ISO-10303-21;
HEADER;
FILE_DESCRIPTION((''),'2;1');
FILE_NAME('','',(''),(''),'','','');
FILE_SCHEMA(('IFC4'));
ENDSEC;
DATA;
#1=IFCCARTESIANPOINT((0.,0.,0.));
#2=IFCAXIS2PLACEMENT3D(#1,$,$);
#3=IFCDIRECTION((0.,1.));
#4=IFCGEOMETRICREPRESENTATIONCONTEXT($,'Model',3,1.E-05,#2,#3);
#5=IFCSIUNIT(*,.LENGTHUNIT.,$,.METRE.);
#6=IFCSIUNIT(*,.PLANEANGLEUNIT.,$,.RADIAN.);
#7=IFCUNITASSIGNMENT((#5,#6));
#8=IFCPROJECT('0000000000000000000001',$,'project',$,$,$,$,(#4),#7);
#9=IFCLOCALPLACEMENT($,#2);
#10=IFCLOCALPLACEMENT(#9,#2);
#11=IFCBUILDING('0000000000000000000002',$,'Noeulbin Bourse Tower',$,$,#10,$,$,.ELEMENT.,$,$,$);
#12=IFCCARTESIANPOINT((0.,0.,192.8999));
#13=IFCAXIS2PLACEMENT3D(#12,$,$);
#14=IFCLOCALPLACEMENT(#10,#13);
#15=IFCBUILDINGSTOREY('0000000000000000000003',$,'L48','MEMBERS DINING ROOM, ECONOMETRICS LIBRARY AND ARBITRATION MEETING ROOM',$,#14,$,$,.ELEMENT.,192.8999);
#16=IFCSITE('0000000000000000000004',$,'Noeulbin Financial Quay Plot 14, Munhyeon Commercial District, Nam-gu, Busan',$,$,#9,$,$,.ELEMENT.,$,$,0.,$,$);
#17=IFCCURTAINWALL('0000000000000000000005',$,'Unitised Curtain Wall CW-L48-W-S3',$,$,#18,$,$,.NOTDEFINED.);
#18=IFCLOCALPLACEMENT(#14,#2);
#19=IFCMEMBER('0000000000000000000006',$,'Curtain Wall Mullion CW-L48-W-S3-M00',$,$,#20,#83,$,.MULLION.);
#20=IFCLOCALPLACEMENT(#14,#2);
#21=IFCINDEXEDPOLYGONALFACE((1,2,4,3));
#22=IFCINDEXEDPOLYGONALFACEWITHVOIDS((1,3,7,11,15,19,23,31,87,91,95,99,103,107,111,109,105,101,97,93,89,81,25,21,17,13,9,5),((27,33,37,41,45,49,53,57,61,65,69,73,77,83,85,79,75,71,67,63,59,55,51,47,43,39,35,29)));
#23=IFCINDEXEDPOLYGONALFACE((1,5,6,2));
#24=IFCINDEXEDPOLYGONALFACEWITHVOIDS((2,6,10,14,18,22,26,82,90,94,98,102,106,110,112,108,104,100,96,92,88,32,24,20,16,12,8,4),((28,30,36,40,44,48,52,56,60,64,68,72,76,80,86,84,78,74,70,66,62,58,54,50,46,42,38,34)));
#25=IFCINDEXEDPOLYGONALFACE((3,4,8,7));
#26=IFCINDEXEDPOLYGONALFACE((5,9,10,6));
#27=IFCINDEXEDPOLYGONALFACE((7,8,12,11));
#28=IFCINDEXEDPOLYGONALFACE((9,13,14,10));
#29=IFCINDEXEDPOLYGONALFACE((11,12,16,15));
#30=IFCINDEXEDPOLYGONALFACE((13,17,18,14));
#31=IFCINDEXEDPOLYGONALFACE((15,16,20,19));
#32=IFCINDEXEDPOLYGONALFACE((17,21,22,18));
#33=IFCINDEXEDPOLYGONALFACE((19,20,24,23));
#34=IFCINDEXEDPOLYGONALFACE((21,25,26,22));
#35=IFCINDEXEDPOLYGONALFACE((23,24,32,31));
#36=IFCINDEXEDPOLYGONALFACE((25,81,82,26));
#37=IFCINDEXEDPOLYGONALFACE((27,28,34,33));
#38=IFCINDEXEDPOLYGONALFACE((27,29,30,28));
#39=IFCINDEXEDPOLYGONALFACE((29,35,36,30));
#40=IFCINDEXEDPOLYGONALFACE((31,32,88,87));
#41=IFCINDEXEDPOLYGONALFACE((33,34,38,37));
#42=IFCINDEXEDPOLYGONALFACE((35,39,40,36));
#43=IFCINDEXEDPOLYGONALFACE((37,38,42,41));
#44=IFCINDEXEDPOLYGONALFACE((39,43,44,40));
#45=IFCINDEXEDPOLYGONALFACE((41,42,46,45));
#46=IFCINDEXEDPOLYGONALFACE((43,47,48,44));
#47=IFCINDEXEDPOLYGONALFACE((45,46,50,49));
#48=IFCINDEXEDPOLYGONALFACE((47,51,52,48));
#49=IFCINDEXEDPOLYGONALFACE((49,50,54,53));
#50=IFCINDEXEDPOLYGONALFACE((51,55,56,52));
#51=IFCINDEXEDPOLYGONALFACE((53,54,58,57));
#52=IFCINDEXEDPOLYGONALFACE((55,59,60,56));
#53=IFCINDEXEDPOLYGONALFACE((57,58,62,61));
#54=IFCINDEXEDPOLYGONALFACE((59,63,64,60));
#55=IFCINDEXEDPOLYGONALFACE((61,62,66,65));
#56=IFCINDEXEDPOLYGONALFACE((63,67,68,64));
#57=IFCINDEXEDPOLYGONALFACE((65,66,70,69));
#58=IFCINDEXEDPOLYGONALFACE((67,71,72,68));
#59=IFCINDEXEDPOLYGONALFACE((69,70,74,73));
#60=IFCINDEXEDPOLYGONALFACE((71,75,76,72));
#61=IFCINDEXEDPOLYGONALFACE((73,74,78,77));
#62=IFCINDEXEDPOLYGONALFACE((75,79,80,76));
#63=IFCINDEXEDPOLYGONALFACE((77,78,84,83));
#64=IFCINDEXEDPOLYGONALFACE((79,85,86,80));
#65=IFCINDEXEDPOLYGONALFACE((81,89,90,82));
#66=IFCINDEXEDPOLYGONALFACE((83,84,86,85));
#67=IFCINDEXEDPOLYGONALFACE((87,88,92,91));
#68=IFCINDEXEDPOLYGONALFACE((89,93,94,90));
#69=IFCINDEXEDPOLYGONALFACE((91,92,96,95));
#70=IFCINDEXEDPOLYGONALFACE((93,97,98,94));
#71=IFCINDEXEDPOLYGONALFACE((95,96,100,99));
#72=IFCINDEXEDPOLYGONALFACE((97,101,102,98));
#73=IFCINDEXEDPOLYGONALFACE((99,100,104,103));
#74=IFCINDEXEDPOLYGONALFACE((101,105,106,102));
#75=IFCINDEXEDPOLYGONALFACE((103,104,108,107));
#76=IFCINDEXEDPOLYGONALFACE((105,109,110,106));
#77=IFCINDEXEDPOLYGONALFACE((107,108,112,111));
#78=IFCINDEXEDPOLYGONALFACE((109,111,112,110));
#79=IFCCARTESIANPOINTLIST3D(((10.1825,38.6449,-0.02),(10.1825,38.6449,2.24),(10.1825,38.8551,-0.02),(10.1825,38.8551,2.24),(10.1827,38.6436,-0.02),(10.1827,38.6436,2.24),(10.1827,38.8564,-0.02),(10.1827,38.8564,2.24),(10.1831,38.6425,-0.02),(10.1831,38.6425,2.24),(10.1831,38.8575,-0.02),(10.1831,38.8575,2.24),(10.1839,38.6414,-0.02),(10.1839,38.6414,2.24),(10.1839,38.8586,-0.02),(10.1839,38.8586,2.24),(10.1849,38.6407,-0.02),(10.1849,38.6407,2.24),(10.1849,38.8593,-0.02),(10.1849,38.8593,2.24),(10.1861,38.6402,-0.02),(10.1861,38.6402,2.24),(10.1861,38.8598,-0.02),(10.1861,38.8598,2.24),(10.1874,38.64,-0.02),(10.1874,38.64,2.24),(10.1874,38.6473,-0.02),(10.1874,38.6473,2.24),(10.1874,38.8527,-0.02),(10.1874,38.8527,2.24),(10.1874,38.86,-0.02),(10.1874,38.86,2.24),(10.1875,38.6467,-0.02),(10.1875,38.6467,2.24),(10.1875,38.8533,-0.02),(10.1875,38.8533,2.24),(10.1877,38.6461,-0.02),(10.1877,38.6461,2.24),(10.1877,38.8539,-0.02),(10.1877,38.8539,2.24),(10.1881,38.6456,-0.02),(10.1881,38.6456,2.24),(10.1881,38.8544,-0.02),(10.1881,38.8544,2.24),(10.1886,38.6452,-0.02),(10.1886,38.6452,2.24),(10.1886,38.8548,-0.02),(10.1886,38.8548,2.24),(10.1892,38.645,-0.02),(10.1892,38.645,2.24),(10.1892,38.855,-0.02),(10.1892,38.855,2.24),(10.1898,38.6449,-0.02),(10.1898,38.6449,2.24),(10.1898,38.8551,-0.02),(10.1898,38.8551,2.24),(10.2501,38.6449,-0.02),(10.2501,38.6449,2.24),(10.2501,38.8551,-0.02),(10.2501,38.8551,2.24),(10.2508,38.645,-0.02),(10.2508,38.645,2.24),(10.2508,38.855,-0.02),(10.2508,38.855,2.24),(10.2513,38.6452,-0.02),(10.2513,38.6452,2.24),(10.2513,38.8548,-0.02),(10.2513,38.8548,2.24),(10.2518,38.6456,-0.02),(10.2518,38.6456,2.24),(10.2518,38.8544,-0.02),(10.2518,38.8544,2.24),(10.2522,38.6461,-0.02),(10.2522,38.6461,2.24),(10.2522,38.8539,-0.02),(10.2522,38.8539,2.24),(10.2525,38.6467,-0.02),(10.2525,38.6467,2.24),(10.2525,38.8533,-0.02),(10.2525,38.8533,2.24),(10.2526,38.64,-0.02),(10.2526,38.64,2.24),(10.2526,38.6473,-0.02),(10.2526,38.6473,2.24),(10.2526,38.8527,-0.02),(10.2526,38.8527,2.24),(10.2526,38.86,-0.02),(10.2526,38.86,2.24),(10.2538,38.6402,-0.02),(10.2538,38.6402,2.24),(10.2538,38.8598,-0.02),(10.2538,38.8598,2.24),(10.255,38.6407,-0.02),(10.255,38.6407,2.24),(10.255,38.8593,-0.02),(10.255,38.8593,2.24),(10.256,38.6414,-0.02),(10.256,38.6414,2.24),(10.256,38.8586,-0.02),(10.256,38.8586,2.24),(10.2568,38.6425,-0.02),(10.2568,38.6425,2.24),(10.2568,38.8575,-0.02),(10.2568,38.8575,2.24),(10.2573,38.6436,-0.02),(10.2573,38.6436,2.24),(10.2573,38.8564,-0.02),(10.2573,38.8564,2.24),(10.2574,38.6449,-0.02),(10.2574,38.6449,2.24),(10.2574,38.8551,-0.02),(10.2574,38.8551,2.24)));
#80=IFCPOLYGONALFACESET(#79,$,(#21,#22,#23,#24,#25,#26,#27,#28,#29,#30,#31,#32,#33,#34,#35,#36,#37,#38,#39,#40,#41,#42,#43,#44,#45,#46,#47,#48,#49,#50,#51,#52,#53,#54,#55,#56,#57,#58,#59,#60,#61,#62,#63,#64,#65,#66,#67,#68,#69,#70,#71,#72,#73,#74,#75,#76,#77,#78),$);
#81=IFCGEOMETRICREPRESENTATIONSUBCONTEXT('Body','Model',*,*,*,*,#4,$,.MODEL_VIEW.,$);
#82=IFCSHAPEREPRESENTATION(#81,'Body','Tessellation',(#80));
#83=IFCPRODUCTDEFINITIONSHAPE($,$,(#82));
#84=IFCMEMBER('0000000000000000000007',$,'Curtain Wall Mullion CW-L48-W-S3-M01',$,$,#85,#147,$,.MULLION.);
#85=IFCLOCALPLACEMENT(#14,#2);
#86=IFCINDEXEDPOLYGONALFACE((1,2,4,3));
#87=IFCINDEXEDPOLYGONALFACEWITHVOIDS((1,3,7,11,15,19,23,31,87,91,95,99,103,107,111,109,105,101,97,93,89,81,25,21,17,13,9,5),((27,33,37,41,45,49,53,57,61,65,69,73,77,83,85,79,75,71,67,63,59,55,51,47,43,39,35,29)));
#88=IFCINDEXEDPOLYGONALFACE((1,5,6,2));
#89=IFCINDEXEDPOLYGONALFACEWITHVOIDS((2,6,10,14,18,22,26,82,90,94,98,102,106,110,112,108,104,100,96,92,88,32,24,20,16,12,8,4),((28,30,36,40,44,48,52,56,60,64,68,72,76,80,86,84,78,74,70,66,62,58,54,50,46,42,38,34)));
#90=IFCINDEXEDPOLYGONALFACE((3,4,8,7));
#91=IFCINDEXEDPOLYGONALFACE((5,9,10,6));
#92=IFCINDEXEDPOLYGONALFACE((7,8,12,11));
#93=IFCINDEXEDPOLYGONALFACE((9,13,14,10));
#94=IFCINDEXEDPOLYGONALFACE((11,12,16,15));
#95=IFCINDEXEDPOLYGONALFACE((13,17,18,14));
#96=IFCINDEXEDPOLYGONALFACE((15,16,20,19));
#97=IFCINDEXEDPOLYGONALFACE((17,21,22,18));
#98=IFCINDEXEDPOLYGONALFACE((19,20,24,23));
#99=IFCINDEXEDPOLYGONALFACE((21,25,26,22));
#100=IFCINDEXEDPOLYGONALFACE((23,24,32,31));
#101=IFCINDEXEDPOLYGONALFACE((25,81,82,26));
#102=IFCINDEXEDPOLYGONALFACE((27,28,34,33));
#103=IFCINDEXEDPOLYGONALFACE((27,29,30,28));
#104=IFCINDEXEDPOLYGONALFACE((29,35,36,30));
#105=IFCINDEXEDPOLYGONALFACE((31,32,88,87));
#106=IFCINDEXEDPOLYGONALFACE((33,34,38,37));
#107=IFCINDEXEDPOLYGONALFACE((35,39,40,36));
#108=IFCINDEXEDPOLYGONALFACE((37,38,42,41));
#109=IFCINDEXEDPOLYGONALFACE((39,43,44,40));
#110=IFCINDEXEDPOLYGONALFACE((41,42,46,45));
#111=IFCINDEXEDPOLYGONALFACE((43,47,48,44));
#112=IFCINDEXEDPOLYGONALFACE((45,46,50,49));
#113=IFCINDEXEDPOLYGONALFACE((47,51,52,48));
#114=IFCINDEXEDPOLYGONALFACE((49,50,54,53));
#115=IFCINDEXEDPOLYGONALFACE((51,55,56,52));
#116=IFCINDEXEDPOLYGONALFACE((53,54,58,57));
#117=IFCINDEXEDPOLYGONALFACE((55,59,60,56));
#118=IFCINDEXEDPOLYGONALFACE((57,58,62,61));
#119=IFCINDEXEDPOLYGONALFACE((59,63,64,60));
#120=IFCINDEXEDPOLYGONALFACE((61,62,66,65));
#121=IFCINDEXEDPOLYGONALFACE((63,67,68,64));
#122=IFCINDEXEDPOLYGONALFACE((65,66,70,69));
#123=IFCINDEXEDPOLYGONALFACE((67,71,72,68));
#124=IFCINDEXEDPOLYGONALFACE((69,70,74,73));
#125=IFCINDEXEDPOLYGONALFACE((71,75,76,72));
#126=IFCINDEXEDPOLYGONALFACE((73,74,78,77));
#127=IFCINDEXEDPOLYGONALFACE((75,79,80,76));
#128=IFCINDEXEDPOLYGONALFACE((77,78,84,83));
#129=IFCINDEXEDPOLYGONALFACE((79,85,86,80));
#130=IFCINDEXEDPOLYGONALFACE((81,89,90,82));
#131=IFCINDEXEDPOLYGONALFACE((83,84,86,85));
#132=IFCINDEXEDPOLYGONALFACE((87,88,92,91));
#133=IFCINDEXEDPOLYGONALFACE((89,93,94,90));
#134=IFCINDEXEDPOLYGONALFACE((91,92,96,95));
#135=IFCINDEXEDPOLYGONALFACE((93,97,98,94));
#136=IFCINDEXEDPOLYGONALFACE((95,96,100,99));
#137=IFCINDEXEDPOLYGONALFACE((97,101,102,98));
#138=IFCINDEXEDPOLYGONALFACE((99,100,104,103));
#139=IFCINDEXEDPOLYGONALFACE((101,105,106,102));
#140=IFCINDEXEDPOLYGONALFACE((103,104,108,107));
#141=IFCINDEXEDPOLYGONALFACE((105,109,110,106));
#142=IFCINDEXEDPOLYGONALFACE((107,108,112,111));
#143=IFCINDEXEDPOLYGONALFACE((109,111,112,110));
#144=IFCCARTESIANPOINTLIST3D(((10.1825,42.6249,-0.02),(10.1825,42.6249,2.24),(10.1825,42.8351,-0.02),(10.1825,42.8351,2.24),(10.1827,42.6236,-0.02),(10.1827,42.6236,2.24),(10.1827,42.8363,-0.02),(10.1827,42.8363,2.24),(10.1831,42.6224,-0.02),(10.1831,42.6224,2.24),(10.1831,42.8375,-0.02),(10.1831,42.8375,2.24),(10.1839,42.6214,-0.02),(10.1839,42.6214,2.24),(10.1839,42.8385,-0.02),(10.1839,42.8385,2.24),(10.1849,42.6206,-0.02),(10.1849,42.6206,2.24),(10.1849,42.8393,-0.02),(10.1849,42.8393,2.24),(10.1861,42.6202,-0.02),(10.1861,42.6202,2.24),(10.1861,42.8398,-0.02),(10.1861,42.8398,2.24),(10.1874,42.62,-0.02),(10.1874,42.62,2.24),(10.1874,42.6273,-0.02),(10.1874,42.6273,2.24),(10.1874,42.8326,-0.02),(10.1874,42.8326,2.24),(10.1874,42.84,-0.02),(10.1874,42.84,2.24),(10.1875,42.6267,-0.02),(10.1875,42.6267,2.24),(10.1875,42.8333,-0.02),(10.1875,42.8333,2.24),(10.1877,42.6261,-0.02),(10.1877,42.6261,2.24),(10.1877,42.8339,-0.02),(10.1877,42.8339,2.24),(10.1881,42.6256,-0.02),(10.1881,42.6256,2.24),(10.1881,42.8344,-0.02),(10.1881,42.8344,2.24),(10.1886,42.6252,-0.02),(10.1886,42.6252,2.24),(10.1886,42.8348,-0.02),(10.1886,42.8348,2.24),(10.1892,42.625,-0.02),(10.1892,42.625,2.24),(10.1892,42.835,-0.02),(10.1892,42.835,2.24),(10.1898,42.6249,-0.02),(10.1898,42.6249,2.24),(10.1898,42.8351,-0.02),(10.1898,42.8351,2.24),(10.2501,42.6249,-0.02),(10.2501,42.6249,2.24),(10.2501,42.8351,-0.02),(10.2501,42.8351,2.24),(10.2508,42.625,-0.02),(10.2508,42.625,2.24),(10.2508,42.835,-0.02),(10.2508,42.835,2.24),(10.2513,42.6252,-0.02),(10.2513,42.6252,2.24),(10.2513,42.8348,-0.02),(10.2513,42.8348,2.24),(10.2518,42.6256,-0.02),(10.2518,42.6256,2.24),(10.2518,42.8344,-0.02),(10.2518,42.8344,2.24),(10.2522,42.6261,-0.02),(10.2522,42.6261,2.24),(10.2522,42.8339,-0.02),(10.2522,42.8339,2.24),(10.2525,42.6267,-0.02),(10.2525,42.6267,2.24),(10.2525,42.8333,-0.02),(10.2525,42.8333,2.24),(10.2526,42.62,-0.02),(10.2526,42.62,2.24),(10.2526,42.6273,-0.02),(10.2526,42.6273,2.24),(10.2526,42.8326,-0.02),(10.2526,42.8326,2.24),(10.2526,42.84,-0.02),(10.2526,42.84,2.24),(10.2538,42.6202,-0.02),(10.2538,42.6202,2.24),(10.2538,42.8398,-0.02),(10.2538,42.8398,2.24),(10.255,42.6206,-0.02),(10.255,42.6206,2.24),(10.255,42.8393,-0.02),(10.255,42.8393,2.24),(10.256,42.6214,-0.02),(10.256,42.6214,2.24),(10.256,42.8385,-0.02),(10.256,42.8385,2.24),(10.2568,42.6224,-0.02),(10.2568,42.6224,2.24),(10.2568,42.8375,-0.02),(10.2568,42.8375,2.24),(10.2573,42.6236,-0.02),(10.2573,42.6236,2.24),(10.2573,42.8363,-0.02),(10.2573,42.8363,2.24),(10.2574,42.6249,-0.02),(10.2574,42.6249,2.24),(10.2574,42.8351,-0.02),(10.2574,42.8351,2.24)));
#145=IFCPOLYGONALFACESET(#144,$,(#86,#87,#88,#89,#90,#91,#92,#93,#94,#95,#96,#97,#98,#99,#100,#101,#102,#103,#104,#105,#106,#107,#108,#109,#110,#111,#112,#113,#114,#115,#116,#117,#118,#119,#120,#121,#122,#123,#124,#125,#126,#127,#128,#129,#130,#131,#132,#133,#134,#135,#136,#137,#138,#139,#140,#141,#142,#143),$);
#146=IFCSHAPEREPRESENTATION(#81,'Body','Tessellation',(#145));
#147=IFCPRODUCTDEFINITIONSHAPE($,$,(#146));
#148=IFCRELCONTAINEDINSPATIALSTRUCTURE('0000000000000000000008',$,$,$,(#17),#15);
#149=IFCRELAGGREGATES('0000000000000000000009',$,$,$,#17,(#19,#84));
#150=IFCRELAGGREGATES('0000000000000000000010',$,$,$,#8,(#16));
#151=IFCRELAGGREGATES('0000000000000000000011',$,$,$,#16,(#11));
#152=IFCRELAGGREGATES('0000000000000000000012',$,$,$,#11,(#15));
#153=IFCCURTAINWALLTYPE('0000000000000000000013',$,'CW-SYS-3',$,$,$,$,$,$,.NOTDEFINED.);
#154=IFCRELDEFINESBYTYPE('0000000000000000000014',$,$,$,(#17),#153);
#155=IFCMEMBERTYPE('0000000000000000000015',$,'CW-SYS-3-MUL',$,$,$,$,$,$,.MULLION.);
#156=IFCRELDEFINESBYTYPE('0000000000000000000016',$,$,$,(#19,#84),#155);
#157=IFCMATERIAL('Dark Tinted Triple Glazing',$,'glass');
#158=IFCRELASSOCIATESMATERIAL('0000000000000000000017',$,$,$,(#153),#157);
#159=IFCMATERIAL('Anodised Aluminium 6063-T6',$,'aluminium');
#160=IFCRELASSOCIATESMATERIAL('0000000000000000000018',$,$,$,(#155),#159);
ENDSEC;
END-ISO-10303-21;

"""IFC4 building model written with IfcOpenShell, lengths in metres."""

from ifc_helpers import new_model, si_unit, direction, frame, origin, origin_2d, place, context, subcontext, project, spatial, hollow_rectangle, extrude, material, material_profile, profile_set, type_object, element, aggregate, save


model = new_model("IFC4")

# Units and contexts
model_context = context("Model", 3, precision=1e-05, world=origin(), true_north=direction((0.0, 1.0)))
body_context = subcontext(model_context, "Body", "Model", "MODEL_VIEW")
ifc_project = project(units=[si_unit("LENGTHUNIT", "METRE"), si_unit("PLANEANGLEUNIT", "RADIAN")], contexts=[model_context])

# Site, building, storey
site_placement = place(None, origin())
site = spatial("IfcSite", under=ifc_project, at=site_placement, Name="Noeulbin Financial Quay Plot 14, Munhyeon Commercial District, Nam-gu, Busan", CompositionType="ELEMENT", RefElevation=0.0)
building_placement = place(site_placement, origin())
building = spatial("IfcBuilding", under=site, at=building_placement, Name="Noeulbin Bourse Tower", CompositionType="ELEMENT")
storey_placement = place(building_placement, frame((0.0, 0.0, 192.8999)))
storey = spatial("IfcBuildingStorey", under=building, at=storey_placement, Name="L48", Description="MEMBERS DINING ROOM, ECONOMETRICS LIBRARY AND ARBITRATION MEETING ROOM", CompositionType="ELEMENT", Elevation=192.8999)

# Shared definitions
ifc_material_1 = material(Name="Dark Tinted Triple Glazing", Category="glass")
curtain_wall_type = type_object("IfcCurtainWallType", Name="CW-SYS-3", PredefinedType="NOTDEFINED", material=ifc_material_1)
ifc_material_2 = material(Name="Anodised Aluminium 6063-T6", Category="aluminium")
ifc_material_profile_1 = material_profile(ifc_material_2, hollow_rectangle(XDim=0.075, YDim=0.22, WallThickness=0.0049, InnerFilletRadius=0.0024, OuterFilletRadius=0.0049, at=origin_2d()), Name="ALU-MULL-75x220x5", Category="LoadBearing")
ifc_profile_set_1 = profile_set([ifc_material_profile_1], Name="Anodised Aluminium 6063-T6")
member_type_1 = type_object("IfcMemberType", Name="CW-SYS-3-MUL", PredefinedType="MULLION", material=ifc_profile_set_1)

# Curtain wall, members
curtain_wall_1_placement = place(storey_placement, origin())
curtain_wall_1 = element("IfcCurtainWall", 1, at=curtain_wall_1_placement, inside=storey, type_object=curtain_wall_type, Name="Unitised Curtain Wall CW-L48-W-S3", PredefinedType="NOTDEFINED")
member_1_placement = place(storey_placement, frame((10.22, 38.75, -0.02), z_axis=(0.0, 0.0, 1.0), x_axis=(1.0, 0.0, 0.0)))
member_1 = element("IfcMember", 2, at=member_1_placement, type_object=member_type_1, Name="Curtain Wall Mullion CW-L48-W-S3-M00", PredefinedType="MULLION", context=body_context, shape_type="SweptSolid", body=[
    extrude(hollow_rectangle(XDim=0.075, YDim=0.22, WallThickness=0.0049, InnerFilletRadius=0.0024, OuterFilletRadius=0.0049, at=origin_2d()), origin(), (0.0, 0.0, 1.0), 2.26),
])
member_2_placement = place(storey_placement, frame((10.22, 42.73, -0.02), z_axis=(0.0, 0.0, 1.0), x_axis=(1.0, 0.0, 0.0)))
member_2 = element("IfcMember", 3, at=member_2_placement, type_object=member_type_1, Name="Curtain Wall Mullion CW-L48-W-S3-M01", PredefinedType="MULLION", context=body_context, shape_type="SweptSolid", body=[
    extrude(hollow_rectangle(XDim=0.075, YDim=0.22, WallThickness=0.0049, InnerFilletRadius=0.0024, OuterFilletRadius=0.0049, at=origin_2d()), origin(), (0.0, 0.0, 1.0), 2.26),
])

aggregate(curtain_wall_1, [member_1, member_2])

save(model, "model.ifc")
